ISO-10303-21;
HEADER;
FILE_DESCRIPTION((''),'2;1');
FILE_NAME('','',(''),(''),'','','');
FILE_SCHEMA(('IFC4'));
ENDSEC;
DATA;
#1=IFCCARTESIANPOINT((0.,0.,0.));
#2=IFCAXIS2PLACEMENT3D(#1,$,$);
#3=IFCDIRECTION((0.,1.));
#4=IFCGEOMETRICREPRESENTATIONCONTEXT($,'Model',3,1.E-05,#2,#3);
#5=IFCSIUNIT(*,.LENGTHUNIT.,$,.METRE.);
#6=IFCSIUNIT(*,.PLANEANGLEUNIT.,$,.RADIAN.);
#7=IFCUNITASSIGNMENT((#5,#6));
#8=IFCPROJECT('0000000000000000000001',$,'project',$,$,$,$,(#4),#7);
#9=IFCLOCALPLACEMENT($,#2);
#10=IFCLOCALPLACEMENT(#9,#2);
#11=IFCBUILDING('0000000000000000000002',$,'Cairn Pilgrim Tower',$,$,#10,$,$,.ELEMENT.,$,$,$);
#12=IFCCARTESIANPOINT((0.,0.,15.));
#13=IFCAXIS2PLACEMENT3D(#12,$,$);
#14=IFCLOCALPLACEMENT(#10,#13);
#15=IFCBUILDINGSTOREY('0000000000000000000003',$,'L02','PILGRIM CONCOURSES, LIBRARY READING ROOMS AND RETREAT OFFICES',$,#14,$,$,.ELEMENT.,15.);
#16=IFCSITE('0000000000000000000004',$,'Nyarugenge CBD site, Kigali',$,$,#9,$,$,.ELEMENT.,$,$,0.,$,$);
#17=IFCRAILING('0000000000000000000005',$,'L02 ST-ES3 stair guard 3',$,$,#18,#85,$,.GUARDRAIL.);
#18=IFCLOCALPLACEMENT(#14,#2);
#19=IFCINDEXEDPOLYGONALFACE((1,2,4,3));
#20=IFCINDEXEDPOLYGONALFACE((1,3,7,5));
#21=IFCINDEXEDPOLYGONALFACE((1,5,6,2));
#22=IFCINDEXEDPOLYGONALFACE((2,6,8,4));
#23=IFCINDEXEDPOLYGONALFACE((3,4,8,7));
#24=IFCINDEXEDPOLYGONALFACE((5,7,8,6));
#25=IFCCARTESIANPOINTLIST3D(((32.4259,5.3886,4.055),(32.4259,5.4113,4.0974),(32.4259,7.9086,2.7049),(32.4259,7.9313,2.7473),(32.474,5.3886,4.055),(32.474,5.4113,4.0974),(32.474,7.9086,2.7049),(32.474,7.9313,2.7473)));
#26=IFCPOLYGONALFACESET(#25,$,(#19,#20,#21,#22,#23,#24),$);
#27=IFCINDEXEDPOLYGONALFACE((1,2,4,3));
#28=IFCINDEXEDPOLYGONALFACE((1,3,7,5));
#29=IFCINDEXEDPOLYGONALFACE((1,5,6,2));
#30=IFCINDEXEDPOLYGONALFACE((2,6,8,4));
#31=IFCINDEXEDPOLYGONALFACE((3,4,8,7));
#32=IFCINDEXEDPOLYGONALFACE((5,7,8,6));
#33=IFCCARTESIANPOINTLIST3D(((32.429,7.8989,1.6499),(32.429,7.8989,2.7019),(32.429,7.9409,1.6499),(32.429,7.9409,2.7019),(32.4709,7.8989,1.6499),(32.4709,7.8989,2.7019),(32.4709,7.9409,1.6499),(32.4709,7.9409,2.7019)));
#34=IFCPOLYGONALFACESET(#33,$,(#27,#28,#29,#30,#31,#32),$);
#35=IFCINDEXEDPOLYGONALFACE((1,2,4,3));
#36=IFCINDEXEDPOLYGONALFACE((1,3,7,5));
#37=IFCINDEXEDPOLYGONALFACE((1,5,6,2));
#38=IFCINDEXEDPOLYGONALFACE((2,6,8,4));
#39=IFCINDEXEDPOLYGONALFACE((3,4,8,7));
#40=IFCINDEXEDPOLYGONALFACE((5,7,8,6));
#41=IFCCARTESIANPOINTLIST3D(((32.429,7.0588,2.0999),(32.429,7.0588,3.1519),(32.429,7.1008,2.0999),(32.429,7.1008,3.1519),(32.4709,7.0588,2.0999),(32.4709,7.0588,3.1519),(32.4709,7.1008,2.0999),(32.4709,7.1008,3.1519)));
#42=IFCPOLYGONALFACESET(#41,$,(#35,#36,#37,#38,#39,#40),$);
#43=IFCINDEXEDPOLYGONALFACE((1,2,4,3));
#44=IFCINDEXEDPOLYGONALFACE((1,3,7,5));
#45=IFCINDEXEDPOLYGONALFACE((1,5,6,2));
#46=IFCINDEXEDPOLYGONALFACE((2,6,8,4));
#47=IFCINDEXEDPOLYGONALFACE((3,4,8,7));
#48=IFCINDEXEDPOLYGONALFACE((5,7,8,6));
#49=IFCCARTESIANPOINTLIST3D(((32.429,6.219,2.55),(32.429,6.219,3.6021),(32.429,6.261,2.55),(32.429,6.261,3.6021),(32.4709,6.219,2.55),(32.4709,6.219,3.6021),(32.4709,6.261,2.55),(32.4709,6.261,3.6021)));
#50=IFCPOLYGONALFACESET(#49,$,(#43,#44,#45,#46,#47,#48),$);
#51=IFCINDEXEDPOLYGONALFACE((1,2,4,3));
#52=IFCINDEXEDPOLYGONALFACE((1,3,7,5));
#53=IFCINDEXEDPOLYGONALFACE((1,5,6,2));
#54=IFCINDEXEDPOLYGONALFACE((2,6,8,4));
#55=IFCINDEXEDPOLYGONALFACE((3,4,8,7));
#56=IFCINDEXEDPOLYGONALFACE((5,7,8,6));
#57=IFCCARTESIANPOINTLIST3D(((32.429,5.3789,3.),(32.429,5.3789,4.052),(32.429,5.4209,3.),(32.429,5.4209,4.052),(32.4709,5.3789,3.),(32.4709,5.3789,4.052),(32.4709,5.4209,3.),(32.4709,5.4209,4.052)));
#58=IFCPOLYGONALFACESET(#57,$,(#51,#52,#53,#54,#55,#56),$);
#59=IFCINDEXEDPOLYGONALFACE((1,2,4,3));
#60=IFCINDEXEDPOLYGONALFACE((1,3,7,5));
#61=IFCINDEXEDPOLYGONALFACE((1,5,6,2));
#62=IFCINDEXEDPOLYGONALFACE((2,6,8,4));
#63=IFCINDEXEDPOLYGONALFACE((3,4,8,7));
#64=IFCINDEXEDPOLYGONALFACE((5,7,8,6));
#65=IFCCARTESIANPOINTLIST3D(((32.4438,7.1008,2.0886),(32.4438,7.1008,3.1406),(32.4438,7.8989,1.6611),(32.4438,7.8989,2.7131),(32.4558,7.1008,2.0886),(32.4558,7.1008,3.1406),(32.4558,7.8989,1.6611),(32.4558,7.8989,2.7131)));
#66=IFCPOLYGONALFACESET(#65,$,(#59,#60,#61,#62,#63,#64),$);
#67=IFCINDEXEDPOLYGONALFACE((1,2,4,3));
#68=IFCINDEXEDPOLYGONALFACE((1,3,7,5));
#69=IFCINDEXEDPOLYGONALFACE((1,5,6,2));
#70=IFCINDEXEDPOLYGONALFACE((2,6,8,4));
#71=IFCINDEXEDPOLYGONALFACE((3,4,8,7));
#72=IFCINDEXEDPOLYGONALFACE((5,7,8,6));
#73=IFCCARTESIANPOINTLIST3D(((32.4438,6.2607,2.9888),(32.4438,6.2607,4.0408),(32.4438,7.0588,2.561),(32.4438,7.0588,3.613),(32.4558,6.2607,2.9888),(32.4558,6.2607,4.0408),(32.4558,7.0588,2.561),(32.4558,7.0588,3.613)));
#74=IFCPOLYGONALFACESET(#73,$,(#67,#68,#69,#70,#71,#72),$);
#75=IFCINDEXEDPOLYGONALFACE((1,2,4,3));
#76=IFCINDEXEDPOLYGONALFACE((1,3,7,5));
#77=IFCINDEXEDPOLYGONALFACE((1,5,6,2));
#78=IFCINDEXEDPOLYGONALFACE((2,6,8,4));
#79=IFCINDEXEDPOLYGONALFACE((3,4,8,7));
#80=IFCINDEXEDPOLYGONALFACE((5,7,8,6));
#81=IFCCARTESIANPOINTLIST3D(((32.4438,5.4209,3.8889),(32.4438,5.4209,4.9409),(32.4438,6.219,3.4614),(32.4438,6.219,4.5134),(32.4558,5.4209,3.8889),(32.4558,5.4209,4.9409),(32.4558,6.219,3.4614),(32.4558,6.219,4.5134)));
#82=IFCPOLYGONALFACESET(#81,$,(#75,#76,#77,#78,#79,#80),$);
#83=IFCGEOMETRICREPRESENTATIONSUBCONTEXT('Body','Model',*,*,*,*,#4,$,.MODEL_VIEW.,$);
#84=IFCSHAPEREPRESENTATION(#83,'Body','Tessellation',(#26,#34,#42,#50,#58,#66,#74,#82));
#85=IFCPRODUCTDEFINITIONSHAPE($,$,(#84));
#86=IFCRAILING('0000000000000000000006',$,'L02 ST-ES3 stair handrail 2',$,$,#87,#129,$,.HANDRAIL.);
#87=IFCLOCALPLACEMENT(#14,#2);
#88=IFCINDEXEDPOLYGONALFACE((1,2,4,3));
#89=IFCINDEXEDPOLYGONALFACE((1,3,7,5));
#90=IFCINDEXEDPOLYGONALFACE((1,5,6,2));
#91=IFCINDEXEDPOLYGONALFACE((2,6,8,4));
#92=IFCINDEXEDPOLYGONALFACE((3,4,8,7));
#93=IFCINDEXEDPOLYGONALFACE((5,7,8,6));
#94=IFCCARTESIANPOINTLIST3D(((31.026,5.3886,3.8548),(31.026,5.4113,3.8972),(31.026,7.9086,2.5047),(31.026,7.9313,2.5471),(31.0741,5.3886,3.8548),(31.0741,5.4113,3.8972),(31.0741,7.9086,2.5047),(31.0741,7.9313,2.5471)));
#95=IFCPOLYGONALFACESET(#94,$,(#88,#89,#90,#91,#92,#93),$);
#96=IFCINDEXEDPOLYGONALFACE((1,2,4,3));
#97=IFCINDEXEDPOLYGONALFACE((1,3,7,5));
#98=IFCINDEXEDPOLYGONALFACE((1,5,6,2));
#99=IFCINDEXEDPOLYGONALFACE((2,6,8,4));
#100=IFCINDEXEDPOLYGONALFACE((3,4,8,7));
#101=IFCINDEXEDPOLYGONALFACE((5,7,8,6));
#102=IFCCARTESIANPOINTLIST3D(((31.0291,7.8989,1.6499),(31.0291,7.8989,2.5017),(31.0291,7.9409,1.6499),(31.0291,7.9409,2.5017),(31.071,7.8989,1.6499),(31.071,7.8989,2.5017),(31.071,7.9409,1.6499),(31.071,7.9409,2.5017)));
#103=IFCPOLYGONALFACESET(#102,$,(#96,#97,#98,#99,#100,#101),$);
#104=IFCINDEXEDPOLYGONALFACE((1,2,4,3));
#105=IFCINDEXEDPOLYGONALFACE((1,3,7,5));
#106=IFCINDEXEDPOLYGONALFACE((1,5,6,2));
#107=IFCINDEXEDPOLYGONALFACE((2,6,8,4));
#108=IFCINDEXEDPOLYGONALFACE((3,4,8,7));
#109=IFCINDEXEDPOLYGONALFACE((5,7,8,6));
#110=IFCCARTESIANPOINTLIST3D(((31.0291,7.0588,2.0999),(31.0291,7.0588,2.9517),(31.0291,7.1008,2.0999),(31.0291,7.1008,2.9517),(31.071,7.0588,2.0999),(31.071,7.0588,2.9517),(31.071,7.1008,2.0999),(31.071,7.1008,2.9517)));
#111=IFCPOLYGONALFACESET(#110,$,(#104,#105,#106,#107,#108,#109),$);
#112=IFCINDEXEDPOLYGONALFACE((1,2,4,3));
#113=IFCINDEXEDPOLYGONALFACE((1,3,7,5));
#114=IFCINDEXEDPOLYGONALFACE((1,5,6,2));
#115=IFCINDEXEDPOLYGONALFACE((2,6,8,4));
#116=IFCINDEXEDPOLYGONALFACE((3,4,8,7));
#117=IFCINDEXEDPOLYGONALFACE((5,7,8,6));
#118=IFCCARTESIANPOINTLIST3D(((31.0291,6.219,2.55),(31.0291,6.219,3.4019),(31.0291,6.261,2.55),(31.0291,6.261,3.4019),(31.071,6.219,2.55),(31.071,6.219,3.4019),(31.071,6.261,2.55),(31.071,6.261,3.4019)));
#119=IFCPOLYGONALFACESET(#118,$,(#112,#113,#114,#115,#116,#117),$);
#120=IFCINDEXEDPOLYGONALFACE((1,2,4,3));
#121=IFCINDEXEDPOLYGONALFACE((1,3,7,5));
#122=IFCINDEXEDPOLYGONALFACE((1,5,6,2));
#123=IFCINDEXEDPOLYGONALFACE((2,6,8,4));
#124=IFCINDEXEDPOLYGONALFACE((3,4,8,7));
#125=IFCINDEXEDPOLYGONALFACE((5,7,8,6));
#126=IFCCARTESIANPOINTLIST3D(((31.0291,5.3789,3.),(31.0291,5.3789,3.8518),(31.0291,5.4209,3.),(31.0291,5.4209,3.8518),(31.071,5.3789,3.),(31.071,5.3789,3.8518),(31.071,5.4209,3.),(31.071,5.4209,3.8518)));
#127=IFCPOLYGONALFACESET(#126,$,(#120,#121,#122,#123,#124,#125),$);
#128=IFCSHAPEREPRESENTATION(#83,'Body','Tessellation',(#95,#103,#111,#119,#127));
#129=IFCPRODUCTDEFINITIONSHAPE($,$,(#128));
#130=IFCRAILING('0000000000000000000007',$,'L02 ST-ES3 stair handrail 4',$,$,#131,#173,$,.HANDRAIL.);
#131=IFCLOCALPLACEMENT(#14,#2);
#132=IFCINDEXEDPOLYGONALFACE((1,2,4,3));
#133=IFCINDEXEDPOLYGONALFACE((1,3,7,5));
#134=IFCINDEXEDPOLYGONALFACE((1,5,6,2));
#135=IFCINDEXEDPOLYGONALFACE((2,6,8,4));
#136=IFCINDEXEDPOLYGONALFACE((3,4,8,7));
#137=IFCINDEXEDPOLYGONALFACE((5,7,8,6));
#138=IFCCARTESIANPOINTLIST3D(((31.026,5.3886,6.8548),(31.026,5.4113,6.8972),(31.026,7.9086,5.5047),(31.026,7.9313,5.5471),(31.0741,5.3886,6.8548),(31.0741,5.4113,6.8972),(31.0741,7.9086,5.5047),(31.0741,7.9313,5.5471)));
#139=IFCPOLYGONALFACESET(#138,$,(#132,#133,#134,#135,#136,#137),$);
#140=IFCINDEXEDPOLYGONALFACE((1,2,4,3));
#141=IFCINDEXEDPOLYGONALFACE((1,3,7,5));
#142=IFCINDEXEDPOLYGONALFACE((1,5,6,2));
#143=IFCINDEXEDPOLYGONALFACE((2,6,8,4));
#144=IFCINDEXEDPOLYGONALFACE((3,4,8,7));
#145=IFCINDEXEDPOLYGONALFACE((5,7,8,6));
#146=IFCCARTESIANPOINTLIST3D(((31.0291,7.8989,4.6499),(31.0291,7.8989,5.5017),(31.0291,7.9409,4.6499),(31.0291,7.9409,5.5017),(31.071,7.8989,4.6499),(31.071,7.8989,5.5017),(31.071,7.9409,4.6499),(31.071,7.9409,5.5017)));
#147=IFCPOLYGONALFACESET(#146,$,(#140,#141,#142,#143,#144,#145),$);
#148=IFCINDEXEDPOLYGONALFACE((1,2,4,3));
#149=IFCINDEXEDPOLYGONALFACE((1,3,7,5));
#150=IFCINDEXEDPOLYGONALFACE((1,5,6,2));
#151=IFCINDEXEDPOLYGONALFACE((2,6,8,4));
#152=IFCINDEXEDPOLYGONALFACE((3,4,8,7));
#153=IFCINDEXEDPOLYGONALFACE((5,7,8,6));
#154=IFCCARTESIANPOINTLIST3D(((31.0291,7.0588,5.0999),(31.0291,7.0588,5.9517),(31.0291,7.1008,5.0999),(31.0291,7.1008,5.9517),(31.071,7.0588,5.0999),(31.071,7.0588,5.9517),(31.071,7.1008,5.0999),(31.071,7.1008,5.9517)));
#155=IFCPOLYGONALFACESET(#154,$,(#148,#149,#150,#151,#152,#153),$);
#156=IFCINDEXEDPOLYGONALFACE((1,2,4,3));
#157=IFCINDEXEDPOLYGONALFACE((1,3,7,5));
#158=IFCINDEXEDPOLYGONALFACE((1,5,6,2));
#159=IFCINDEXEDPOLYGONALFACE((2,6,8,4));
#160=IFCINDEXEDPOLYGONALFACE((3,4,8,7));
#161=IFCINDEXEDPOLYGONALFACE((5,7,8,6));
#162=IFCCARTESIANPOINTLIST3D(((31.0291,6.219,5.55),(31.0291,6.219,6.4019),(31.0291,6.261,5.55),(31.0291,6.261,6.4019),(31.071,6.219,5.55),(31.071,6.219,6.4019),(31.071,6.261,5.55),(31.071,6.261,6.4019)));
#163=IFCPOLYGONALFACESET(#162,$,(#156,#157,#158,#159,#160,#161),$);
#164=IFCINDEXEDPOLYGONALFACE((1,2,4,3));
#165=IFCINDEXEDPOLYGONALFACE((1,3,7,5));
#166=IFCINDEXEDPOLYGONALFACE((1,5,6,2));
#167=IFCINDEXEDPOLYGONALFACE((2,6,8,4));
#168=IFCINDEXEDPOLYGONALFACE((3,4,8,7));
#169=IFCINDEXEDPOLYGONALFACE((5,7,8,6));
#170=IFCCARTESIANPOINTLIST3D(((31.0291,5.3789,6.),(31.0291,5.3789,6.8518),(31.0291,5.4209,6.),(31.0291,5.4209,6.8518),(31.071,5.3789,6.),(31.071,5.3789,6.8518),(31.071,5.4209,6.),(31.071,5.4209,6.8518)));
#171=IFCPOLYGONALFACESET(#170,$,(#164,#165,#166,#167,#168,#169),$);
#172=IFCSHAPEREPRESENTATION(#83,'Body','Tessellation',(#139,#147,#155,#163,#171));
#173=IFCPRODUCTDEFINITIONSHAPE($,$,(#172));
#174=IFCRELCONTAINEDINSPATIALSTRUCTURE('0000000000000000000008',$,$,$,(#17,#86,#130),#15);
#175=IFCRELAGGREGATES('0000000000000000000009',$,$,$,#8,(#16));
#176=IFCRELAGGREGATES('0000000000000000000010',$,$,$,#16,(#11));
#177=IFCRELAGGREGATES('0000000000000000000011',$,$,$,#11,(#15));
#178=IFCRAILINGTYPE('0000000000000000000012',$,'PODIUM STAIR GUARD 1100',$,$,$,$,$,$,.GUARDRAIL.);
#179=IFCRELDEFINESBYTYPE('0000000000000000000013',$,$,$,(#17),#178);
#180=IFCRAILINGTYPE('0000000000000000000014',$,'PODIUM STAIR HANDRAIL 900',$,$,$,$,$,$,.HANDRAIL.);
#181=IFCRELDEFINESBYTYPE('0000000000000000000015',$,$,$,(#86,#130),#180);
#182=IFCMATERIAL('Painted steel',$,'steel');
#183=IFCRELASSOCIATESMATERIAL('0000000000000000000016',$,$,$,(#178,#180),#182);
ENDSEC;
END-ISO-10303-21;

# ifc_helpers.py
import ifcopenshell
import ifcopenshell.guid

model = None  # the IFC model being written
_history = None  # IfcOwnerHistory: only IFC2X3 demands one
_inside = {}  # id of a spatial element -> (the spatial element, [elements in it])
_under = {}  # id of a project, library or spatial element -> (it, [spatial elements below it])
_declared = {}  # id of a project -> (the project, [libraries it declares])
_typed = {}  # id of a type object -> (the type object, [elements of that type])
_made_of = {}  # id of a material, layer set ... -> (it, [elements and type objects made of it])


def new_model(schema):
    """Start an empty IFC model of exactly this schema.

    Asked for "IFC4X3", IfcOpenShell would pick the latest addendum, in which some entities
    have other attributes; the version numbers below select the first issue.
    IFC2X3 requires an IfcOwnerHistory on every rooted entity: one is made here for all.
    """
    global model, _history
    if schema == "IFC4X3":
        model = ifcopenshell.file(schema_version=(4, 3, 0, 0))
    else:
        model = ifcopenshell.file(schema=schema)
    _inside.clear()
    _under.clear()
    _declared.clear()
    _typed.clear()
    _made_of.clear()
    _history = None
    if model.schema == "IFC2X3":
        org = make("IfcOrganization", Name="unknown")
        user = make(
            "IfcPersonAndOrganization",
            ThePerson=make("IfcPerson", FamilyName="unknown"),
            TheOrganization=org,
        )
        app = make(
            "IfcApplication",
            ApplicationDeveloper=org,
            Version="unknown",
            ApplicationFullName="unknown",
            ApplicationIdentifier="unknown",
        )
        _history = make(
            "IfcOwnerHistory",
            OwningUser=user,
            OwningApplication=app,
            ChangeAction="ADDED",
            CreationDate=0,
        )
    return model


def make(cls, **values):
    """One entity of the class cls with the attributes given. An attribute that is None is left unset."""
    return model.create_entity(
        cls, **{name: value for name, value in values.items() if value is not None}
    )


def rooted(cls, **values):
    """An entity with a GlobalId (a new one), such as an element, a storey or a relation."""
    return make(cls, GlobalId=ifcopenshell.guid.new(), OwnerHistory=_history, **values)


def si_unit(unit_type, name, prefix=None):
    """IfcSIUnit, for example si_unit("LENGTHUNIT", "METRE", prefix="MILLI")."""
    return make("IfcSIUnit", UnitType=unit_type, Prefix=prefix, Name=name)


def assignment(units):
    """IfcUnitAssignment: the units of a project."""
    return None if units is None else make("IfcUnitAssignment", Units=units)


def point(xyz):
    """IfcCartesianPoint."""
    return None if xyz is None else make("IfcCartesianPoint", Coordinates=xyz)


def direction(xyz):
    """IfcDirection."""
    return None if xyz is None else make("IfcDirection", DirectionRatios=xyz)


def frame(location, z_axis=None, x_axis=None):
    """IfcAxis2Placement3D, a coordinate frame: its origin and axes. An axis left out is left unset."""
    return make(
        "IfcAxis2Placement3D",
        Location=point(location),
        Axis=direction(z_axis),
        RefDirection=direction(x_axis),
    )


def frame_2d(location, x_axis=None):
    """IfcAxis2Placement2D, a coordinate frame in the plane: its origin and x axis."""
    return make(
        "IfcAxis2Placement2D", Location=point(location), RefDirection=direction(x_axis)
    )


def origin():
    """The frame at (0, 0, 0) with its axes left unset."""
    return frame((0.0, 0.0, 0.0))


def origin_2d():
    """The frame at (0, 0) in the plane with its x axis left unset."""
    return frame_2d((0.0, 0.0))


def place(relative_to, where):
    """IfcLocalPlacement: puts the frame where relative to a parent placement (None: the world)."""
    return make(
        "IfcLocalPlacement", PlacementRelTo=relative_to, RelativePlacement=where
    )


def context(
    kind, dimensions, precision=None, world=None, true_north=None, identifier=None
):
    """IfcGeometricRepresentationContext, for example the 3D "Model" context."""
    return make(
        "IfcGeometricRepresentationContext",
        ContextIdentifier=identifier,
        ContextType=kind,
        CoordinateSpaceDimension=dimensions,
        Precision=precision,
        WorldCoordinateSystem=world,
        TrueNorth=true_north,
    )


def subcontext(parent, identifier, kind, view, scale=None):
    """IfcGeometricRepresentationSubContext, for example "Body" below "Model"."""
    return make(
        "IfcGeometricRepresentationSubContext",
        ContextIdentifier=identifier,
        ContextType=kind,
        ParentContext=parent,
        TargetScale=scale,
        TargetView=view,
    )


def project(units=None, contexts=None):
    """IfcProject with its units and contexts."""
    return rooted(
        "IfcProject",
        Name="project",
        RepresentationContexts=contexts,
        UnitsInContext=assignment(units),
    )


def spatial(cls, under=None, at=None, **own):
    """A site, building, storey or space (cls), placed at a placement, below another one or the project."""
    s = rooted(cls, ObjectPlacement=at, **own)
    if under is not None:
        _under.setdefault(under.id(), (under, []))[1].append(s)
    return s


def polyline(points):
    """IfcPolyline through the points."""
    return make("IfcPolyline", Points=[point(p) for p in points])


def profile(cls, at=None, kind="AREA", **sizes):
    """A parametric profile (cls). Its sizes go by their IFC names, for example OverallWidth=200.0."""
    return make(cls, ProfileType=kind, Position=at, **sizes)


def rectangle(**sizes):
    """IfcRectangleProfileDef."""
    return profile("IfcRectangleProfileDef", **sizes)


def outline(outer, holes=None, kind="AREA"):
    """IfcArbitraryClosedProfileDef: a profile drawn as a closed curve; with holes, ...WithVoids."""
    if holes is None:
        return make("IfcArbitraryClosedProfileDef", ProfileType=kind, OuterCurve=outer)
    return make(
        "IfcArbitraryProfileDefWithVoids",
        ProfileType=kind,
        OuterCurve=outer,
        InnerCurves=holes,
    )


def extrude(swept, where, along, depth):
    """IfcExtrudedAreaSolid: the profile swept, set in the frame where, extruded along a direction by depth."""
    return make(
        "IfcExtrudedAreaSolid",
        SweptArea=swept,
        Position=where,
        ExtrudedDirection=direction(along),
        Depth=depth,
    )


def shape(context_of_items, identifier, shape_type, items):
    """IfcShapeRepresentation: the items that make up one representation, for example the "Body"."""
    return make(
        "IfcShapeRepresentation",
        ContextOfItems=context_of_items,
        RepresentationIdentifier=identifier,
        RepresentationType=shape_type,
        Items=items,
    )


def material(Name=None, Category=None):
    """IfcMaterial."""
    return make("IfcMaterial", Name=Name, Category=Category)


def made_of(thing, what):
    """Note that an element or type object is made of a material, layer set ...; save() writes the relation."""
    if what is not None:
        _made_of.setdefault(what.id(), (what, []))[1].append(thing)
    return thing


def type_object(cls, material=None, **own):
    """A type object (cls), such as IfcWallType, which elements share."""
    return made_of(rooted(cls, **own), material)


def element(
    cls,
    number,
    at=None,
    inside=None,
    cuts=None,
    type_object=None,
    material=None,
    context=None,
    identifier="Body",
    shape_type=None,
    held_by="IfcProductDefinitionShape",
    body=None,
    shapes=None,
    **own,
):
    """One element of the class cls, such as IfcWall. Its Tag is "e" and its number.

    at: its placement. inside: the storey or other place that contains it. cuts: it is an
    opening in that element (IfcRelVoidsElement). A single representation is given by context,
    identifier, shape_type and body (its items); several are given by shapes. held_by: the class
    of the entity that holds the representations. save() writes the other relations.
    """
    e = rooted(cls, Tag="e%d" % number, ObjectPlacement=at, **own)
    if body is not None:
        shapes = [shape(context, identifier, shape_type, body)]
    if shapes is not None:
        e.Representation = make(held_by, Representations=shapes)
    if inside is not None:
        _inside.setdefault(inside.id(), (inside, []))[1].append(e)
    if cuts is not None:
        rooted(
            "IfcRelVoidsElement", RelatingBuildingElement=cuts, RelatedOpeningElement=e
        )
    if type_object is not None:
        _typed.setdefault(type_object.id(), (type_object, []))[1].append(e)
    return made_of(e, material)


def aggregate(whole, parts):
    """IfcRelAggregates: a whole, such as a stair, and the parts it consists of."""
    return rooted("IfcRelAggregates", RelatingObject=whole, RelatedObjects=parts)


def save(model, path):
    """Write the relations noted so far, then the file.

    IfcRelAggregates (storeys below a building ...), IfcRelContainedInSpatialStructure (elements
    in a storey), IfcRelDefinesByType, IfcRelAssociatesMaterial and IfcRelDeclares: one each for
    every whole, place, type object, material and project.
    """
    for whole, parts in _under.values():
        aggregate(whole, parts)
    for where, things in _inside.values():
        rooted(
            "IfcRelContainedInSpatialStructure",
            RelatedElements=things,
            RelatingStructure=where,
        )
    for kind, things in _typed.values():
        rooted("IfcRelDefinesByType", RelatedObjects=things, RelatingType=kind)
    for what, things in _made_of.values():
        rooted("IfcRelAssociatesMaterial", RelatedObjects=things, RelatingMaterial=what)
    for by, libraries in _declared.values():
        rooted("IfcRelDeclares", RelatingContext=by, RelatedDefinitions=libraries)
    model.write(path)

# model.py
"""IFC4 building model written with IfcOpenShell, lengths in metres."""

from ifc_helpers import new_model, si_unit, direction, frame, origin, origin_2d, place, context, subcontext, project, spatial, polyline, rectangle, outline, extrude, material, type_object, element, save


model = new_model("IFC4")

# Units and contexts
model_context = context("Model", 3, precision=1e-05, world=origin(), true_north=direction((0.0, 1.0)))
body_context = subcontext(model_context, "Body", "Model", "MODEL_VIEW")
ifc_project = project(units=[si_unit("LENGTHUNIT", "METRE"), si_unit("PLANEANGLEUNIT", "RADIAN")], contexts=[model_context])

# Site, building, storey
site_placement = place(None, origin())
site = spatial("IfcSite", under=ifc_project, at=site_placement, Name="Nyarugenge CBD site, Kigali", CompositionType="ELEMENT", RefElevation=0.0)
building_placement = place(site_placement, origin())
building = spatial("IfcBuilding", under=site, at=building_placement, Name="Cairn Pilgrim Tower", CompositionType="ELEMENT")
storey_placement = place(building_placement, frame((0.0, 0.0, 15.0)))
storey = spatial("IfcBuildingStorey", under=building, at=storey_placement, Name="L02", Description="PILGRIM CONCOURSES, LIBRARY READING ROOMS AND RETREAT OFFICES", CompositionType="ELEMENT", Elevation=15.0)

# Railings
ifc_material_1 = material(Name="Painted steel", Category="steel")
railing_type_1 = type_object("IfcRailingType", Name="PODIUM STAIR GUARD 1100", PredefinedType="GUARDRAIL", material=ifc_material_1)
railing_placement = place(storey_placement, frame((32.45, 7.9199, 1.6499)))
element("IfcRailing", 1, at=railing_placement, inside=storey, type_object=railing_type_1, Name="L02 ST-ES3 stair guard 3", PredefinedType="GUARDRAIL", context=body_context, shape_type="SweptSolid", body=[
    extrude(rectangle(XDim=0.0481, YDim=0.0481, at=origin_2d()), frame((0.0, 0.0, 1.0762), z_axis=(0.0, -0.881467, 0.472245), x_axis=(1.0, 0.0, 0.0)), (0.0, 0.0, 1.0), 2.8589),
    extrude(rectangle(XDim=0.042, YDim=0.042, at=origin_2d()), origin(), (0.0, 0.0, 1.0), 1.052),
    extrude(rectangle(XDim=0.042, YDim=0.042, at=origin_2d()), frame((0.0, -0.8401, 0.45)), (0.0, 0.0, 1.0), 1.052),
    extrude(rectangle(XDim=0.042, YDim=0.042, at=origin_2d()), frame((0.0, -1.6799, 0.9001)), (0.0, 0.0, 1.0), 1.052),
    extrude(rectangle(XDim=0.042, YDim=0.042, at=origin_2d()), frame((0.0, -2.52, 1.3501)), (0.0, 0.0, 1.0), 1.052),
    extrude(outline(polyline([(0.021, 0.0112), (0.8191, 0.4387), (0.8191, 1.4907), (0.021, 1.0632), (0.021, 0.0112)])), frame((0.0059, 0.0, 0.0), z_axis=(-1.0, 0.0, 0.0), x_axis=(0.0, -1.0, 0.0)), (0.0, 0.0, 1.0), 0.012),
    extrude(outline(polyline([(0.021, 0.4612), (0.8191, 0.8889), (0.8191, 1.9409), (0.021, 1.5132), (0.021, 0.4612)])), frame((0.0059, -0.8401, 0.45), z_axis=(-1.0, 0.0, 0.0), x_axis=(0.0, -1.0, 0.0)), (0.0, 0.0, 1.0), 0.012),
    extrude(outline(polyline([(0.021, 0.9114), (0.8191, 1.3389), (0.8191, 2.3909), (0.021, 1.9634), (0.021, 0.9114)])), frame((0.0059, -1.6799, 0.9001), z_axis=(-1.0, 0.0, 0.0), x_axis=(0.0, -1.0, 0.0)), (0.0, 0.0, 1.0), 0.012),
])
railing_type_2 = type_object("IfcRailingType", Name="PODIUM STAIR HANDRAIL 900", PredefinedType="HANDRAIL", material=ifc_material_1)
for number, where, name in (
    (2, (31.05, 7.9199, 1.6499), "L02 ST-ES3 stair handrail 2"),
    (3, (31.05, 7.9199, 4.6499), "L02 ST-ES3 stair handrail 4"),
):
    element("IfcRailing", number, at=place(storey_placement, frame(where)), inside=storey, type_object=railing_type_2, Name=name, PredefinedType="HANDRAIL", context=body_context, shape_type="SweptSolid", body=[
        extrude(rectangle(XDim=0.0481, YDim=0.0481, at=origin_2d()), frame((0.0, 0.0, 0.876), z_axis=(0.0, -0.881467, 0.472245), x_axis=(1.0, 0.0, 0.0)), (0.0, 0.0, 1.0), 2.8589),
        extrude(rectangle(XDim=0.042, YDim=0.042, at=origin_2d()), origin(), (0.0, 0.0, 1.0), 0.8518),
        extrude(rectangle(XDim=0.042, YDim=0.042, at=origin_2d()), frame((0.0, -0.8401, 0.45)), (0.0, 0.0, 1.0), 0.8518),
        extrude(rectangle(XDim=0.042, YDim=0.042, at=origin_2d()), frame((0.0, -1.6799, 0.9001)), (0.0, 0.0, 1.0), 0.8518),
        extrude(rectangle(XDim=0.042, YDim=0.042, at=origin_2d()), frame((0.0, -2.52, 1.3501)), (0.0, 0.0, 1.0), 0.8518),
    ])

save(model, "model.ifc")
